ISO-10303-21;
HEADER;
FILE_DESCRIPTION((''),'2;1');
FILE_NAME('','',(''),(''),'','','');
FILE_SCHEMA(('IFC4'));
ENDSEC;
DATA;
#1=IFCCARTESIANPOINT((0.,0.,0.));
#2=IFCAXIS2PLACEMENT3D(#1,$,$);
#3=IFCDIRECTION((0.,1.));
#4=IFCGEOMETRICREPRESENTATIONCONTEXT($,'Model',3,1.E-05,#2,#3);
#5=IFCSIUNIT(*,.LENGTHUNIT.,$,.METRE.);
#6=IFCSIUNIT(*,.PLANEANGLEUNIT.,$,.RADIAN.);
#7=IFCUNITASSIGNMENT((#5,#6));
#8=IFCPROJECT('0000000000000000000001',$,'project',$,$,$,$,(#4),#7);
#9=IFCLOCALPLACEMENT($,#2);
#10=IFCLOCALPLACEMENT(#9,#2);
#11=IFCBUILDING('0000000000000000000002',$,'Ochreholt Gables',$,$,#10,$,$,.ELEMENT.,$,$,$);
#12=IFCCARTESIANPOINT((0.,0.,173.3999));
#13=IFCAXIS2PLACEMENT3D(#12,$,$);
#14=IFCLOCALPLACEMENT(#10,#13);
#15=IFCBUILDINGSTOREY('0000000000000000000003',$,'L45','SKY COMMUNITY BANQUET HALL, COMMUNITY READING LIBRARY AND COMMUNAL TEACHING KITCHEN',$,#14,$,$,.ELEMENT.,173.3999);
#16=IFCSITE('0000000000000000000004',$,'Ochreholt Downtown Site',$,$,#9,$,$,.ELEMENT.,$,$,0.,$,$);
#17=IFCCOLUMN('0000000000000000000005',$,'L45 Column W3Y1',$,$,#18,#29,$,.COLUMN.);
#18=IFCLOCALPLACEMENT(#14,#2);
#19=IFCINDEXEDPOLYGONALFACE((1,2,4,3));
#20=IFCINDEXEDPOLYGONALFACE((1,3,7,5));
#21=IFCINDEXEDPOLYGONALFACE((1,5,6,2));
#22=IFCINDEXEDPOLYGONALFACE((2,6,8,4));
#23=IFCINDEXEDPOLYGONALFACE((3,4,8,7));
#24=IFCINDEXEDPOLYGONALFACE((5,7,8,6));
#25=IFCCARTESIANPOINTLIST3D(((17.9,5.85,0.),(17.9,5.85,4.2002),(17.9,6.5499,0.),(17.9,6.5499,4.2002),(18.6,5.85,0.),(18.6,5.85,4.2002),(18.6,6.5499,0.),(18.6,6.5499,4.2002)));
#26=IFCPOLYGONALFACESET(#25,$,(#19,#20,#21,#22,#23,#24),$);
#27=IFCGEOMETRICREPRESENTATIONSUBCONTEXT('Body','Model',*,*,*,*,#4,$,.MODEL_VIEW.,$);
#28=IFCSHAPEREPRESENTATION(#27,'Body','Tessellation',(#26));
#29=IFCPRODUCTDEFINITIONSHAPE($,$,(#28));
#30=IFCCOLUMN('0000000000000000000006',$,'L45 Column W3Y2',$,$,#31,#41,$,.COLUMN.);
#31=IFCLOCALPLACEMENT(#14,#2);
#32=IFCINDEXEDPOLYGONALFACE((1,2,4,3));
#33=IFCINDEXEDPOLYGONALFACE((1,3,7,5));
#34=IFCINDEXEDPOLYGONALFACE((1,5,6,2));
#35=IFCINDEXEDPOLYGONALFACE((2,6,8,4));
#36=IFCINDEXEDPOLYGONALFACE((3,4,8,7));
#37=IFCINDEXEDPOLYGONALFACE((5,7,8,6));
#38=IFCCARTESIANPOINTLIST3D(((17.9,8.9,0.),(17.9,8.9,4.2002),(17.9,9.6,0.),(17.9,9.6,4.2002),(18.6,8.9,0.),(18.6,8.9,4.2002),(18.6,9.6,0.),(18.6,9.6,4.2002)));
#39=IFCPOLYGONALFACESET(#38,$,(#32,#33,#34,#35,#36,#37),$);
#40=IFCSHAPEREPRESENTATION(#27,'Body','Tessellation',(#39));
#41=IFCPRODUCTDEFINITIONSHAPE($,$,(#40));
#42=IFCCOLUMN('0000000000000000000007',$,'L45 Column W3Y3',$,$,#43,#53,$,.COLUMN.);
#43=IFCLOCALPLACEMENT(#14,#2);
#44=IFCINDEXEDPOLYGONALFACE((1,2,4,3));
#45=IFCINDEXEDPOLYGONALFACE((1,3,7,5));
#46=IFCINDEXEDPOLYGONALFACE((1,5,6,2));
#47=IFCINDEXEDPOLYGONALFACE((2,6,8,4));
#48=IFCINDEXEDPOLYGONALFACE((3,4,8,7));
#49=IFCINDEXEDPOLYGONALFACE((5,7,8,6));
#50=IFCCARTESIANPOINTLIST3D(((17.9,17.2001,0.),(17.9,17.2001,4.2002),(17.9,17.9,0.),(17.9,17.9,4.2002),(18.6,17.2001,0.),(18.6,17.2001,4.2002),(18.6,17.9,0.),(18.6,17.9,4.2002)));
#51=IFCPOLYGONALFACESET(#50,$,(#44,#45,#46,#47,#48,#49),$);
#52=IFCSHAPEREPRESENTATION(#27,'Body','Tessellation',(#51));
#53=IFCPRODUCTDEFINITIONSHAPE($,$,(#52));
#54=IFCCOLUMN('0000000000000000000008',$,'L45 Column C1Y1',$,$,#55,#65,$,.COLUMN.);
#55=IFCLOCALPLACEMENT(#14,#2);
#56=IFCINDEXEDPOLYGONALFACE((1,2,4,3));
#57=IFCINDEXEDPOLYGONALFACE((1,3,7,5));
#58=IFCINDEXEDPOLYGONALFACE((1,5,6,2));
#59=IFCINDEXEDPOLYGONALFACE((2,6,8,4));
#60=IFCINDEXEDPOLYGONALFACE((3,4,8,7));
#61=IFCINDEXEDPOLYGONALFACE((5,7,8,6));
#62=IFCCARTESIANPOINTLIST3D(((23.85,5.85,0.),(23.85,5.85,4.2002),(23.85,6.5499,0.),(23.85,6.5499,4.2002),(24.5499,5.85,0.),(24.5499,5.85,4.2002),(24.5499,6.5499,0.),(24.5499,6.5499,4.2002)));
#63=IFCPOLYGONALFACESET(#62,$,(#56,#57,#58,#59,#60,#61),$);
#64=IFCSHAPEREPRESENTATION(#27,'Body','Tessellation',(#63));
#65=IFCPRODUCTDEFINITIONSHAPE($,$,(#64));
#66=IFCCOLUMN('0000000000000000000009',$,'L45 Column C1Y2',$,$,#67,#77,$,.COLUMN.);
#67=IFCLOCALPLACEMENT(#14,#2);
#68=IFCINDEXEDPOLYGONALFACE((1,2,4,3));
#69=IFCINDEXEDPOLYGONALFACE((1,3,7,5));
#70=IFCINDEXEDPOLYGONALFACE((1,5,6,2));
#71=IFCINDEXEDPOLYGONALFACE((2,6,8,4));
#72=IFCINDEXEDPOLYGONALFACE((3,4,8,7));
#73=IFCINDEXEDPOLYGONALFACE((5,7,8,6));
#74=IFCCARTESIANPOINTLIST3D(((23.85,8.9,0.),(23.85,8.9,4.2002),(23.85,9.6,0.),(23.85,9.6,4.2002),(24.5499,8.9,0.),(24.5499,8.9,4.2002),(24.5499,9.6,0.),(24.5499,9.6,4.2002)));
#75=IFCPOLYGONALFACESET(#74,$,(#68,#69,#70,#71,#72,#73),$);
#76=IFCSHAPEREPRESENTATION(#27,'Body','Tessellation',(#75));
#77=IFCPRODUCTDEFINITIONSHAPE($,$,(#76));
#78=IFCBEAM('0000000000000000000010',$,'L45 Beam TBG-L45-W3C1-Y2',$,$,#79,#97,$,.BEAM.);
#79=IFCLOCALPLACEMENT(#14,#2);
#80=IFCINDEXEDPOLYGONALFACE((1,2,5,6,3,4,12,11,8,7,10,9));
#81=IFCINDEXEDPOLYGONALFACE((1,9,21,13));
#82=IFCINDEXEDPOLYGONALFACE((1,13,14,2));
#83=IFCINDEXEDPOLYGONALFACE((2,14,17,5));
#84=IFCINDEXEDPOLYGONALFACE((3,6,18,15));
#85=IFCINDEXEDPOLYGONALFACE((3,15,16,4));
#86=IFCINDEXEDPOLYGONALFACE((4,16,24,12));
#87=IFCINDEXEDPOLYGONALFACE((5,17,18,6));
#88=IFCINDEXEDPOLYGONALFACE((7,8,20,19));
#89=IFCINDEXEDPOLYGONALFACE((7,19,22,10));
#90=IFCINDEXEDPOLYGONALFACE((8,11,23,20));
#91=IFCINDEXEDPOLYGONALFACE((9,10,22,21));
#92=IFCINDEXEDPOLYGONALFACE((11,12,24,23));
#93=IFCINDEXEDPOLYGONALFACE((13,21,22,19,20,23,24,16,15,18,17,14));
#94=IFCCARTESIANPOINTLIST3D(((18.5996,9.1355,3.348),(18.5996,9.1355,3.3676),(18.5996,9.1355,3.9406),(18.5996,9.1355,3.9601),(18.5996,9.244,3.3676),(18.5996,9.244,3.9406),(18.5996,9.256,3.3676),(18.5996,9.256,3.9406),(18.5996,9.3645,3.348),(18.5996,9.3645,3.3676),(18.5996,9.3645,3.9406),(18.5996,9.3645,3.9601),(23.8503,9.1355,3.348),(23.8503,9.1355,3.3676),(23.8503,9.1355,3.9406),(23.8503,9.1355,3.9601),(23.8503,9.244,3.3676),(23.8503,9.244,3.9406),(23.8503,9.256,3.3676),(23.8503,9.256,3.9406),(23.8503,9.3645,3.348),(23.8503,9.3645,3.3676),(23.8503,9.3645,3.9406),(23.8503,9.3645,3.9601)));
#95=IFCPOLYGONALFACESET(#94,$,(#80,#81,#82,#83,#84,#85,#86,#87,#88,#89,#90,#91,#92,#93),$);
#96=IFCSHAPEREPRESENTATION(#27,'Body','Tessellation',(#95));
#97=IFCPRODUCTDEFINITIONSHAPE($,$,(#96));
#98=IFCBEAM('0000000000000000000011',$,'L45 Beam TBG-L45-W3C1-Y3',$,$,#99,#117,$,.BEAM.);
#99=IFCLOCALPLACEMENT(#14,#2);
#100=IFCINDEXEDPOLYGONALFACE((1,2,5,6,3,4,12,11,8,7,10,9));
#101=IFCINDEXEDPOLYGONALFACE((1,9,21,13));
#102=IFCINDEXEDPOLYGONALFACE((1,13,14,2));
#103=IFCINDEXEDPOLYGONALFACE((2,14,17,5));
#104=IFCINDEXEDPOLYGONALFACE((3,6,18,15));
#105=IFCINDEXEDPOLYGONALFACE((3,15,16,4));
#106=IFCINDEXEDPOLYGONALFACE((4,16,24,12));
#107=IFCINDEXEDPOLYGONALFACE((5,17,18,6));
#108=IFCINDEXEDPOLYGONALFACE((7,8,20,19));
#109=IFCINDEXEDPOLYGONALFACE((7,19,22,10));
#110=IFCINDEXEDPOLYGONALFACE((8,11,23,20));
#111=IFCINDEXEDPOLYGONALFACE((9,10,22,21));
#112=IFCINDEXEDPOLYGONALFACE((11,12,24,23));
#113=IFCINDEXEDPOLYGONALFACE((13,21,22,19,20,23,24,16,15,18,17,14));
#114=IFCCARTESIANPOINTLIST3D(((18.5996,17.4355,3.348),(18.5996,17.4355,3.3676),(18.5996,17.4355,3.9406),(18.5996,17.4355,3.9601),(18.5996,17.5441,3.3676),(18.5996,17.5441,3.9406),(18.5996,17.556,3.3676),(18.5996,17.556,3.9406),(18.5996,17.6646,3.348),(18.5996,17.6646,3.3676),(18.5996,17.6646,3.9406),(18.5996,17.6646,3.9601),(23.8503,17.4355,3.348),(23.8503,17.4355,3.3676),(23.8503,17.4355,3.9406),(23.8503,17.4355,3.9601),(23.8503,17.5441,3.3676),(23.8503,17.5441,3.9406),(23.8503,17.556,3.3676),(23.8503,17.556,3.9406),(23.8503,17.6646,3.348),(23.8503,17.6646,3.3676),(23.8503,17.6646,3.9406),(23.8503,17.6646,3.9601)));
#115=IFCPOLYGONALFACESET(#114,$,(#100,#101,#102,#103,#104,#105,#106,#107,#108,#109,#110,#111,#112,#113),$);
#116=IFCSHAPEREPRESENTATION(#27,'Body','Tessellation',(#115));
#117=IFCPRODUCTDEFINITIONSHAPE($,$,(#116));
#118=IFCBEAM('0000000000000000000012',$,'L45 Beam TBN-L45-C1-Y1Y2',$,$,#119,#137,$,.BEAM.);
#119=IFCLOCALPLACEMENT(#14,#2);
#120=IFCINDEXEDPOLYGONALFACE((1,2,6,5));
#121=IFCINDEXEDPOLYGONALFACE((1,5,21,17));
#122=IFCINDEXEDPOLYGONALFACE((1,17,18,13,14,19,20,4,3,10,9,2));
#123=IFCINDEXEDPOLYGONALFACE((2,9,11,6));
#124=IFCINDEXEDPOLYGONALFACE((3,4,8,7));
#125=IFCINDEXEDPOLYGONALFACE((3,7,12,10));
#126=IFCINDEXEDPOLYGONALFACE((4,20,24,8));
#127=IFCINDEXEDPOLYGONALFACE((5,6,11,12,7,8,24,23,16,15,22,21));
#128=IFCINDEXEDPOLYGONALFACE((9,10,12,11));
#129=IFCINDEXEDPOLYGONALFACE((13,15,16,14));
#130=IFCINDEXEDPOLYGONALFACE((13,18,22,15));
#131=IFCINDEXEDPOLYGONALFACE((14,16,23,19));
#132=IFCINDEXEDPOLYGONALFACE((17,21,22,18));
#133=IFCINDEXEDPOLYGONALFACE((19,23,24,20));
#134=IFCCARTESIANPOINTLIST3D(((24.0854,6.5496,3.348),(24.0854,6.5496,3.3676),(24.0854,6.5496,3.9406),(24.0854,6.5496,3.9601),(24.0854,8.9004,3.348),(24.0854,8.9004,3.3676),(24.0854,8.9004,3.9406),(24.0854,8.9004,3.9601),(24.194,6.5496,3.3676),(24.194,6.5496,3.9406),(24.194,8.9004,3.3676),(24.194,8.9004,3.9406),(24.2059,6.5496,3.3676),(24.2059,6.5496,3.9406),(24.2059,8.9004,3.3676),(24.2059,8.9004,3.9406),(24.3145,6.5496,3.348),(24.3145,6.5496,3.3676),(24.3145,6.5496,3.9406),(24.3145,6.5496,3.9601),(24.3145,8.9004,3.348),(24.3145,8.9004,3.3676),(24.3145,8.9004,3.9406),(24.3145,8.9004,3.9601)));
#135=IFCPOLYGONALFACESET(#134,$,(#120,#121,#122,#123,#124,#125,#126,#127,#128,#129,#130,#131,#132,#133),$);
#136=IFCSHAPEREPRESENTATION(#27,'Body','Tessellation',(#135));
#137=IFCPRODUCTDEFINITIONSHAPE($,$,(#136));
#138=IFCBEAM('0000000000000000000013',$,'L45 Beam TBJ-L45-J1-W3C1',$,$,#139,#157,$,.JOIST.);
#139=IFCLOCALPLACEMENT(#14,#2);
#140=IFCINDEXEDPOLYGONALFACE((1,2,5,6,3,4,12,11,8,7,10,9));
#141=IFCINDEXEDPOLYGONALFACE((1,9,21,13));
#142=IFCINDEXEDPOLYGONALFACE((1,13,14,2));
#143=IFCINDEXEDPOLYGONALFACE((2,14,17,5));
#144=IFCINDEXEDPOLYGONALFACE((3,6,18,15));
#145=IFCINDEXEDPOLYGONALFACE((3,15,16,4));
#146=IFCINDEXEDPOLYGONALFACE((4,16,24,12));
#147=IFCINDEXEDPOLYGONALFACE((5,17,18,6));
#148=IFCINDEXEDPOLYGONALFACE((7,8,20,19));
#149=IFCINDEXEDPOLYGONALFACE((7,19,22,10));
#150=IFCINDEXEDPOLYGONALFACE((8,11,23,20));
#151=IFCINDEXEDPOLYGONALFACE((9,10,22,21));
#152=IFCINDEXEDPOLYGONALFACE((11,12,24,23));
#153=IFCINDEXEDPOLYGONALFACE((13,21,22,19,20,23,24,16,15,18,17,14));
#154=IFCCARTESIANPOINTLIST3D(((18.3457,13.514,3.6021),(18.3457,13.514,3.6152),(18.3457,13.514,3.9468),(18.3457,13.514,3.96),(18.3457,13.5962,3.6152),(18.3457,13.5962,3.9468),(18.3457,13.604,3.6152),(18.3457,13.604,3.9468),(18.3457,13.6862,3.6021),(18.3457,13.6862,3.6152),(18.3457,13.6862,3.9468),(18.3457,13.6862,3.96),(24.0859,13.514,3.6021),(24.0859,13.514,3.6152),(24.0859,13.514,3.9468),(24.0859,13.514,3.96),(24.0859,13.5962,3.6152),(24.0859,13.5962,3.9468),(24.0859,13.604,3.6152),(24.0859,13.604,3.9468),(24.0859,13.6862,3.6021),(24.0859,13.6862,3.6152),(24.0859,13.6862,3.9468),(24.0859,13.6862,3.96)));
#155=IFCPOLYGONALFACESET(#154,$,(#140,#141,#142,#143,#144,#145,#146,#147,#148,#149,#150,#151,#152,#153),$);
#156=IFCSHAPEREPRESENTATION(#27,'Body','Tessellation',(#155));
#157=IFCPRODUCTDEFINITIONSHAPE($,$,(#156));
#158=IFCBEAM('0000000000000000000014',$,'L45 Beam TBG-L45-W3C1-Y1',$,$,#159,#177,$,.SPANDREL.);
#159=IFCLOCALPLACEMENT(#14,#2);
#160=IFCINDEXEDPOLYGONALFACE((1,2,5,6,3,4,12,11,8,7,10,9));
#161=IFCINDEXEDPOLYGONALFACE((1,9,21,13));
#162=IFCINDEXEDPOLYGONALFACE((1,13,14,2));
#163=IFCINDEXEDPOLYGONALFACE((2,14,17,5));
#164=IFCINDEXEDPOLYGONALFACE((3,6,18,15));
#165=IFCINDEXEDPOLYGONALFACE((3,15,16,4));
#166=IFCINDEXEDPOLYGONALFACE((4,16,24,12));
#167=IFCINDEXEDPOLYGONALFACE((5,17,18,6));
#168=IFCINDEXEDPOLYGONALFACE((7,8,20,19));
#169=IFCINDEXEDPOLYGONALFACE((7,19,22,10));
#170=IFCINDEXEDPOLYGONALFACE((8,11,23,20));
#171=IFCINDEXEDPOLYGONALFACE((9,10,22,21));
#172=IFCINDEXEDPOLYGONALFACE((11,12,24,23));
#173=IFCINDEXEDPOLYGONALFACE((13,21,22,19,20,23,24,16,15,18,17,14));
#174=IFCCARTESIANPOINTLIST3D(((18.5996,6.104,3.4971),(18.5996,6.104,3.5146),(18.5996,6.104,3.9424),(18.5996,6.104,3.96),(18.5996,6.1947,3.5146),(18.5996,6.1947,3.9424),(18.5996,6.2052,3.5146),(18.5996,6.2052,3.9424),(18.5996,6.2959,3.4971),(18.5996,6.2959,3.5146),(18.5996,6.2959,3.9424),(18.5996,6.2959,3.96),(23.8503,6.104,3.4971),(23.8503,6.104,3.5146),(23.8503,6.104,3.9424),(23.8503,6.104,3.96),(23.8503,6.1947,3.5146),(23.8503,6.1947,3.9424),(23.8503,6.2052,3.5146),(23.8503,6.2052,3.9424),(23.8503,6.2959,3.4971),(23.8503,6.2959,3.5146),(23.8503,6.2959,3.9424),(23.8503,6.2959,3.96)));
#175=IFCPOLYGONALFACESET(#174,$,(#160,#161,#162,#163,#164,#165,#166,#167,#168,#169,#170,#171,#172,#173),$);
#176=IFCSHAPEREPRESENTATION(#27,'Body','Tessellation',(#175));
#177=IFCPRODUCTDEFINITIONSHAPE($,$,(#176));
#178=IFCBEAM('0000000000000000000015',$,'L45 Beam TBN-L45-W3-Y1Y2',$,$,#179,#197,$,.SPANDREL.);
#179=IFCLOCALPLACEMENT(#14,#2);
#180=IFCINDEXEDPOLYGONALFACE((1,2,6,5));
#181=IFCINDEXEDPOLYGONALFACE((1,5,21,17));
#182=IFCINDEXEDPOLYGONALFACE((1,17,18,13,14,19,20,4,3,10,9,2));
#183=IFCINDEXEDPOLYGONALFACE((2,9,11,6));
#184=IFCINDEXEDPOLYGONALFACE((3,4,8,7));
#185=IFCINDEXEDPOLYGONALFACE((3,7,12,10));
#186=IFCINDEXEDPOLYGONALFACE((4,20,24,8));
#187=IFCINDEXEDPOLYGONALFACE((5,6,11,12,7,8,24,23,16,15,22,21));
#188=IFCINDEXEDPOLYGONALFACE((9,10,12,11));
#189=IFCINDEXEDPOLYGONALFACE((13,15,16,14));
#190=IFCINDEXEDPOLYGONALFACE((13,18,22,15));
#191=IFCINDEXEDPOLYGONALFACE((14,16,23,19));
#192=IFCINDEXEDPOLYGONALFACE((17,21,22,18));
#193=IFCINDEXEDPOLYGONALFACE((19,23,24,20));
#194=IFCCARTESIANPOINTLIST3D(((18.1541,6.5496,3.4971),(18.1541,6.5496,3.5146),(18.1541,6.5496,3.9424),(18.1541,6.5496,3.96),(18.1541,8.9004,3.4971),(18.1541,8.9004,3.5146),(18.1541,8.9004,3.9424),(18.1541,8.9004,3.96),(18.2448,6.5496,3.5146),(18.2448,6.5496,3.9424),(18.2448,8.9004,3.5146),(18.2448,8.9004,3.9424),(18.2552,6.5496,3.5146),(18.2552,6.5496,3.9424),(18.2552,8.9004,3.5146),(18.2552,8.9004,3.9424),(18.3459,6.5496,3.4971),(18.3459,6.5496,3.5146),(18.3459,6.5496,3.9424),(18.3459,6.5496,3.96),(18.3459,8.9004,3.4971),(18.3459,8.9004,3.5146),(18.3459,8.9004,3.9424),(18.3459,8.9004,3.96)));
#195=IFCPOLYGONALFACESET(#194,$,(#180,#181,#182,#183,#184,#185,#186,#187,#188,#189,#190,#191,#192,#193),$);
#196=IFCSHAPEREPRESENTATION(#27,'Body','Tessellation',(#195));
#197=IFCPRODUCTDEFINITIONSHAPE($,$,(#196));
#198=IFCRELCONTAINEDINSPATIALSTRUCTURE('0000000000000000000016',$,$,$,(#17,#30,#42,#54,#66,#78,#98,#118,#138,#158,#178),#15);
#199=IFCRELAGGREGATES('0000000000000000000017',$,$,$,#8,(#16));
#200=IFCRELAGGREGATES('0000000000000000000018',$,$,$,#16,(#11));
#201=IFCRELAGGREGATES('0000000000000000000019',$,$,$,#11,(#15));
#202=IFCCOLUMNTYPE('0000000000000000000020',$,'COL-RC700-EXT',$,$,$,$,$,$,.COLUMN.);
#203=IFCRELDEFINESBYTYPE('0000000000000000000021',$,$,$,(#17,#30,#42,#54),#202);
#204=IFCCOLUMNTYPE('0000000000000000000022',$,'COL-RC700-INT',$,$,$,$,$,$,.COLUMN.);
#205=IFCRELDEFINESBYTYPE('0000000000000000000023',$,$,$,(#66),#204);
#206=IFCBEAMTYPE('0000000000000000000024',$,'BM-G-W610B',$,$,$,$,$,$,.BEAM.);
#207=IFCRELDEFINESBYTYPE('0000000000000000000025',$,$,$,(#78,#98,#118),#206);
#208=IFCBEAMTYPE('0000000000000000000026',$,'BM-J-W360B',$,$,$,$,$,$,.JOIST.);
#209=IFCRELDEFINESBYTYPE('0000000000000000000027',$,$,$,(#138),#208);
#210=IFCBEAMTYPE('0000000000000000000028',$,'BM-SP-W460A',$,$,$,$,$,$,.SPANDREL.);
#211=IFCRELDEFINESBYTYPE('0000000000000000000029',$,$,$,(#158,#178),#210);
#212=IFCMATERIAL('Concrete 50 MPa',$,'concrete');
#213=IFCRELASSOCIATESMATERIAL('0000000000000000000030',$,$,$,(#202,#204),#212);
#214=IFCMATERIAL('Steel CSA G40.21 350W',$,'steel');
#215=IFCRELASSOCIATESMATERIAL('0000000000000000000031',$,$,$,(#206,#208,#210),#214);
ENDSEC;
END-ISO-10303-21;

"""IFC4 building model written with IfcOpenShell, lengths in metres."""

from ifc_helpers import new_model, si_unit, direction, frame, origin, origin_2d, place, context, subcontext, project, spatial, rectangle, i_section, extrude, material, material_profile, profile_set, type_object, element, save


model = new_model("IFC4")

# Units and contexts
model_context = context("Model", 3, precision=1e-05, world=origin(), true_north=direction((0.0, 1.0)))
body_context = subcontext(model_context, "Body", "Model", "MODEL_VIEW")
ifc_project = project(units=[si_unit("LENGTHUNIT", "METRE"), si_unit("PLANEANGLEUNIT", "RADIAN")], contexts=[model_context])

# Site, building, storey
site_placement = place(None, origin())
site = spatial("IfcSite", under=ifc_project, at=site_placement, Name="Ochreholt Downtown Site", CompositionType="ELEMENT", RefElevation=0.0)
building_placement = place(site_placement, origin())
building = spatial("IfcBuilding", under=site, at=building_placement, Name="Ochreholt Gables", CompositionType="ELEMENT")
storey_placement = place(building_placement, frame((0.0, 0.0, 173.3999)))
storey = spatial("IfcBuildingStorey", under=building, at=storey_placement, Name="L45", Description="SKY COMMUNITY BANQUET HALL, COMMUNITY READING LIBRARY AND COMMUNAL TEACHING KITCHEN", CompositionType="ELEMENT", Elevation=173.3999)

# Columns
ifc_material_1 = material(Name="Concrete 50 MPa", Category="concrete")
ifc_material_profile_1 = material_profile(ifc_material_1, rectangle(XDim=0.7, YDim=0.7, at=origin_2d()), Name="RC700X700")
ifc_profile_set_1 = profile_set([ifc_material_profile_1], Name="Concrete 50 MPa")
column_type_1 = type_object("IfcColumnType", Name="COL-RC700-EXT", PredefinedType="COLUMN", material=ifc_profile_set_1)
for number, where, z_axis, x_axis, name in (
    (1, (18.25, 6.2, 0.0), (0.0, 0.0, 1.0), (1.0, 0.0, 0.0), "L45 Column W3Y1"),
    (2, (18.25, 9.25, 0.0), (0.0, 0.0, 1.0), (1.0, 0.0, 0.0), "L45 Column W3Y2"),
    (3, (18.25, 17.55, 0.0), (0.0, 0.0, 1.0), (1.0, 0.0, 0.0), "L45 Column W3Y3"),
    (4, (24.2, 6.2, 0.0), (0.0, 0.0, 1.0), (1.0, 0.0, 0.0), "L45 Column C1Y1"),
):
    element("IfcColumn", number, at=place(storey_placement, frame(where, z_axis=z_axis, x_axis=x_axis)), inside=storey, type_object=column_type_1, Name=name, PredefinedType="COLUMN", context=body_context, shape_type="SweptSolid", body=[
        extrude(rectangle(XDim=0.7, YDim=0.7, at=origin_2d()), origin(), (0.0, 0.0, 1.0), 4.2002),
    ])
ifc_material_profile_2 = material_profile(ifc_material_1, rectangle(XDim=0.7, YDim=0.7, at=origin_2d()), Name="RC700X700")
ifc_profile_set_2 = profile_set([ifc_material_profile_2], Name="Concrete 50 MPa")
column_type_2 = type_object("IfcColumnType", Name="COL-RC700-INT", PredefinedType="COLUMN", material=ifc_profile_set_2)
column_placement = place(storey_placement, frame((24.2, 9.25, 0.0), z_axis=(0.0, 0.0, 1.0), x_axis=(1.0, 0.0, 0.0)))
element("IfcColumn", 5, at=column_placement, inside=storey, type_object=column_type_2, Name="L45 Column C1Y2", PredefinedType="COLUMN", context=body_context, shape_type="SweptSolid", body=[
    extrude(rectangle(XDim=0.7, YDim=0.7, at=origin_2d()), origin(), (0.0, 0.0, 1.0), 4.2002),
])

# Beams
ifc_material_2 = material(Name="Steel CSA G40.21 350W", Category="steel")
ifc_material_profile_3 = material_profile(ifc_material_2, i_section(OverallWidth=0.229, OverallDepth=0.6121, WebThickness=0.012, FlangeThickness=0.0195, at=origin_2d()), Name="W610X125")
ifc_profile_set_3 = profile_set([ifc_material_profile_3], Name="Steel CSA G40.21 350W")
beam_type_1 = type_object("IfcBeamType", Name="BM-G-W610B", PredefinedType="BEAM", material=ifc_profile_set_3)
for number, where, z_axis, x_axis, name in (
    (6, (18.5996, 9.25, 3.6541), (1.0, 0.0, 0.0), (0.0, 1.0, 0.0), "L45 Beam TBG-L45-W3C1-Y2"),
    (7, (18.5996, 17.55, 3.6541), (1.0, 0.0, 0.0), (0.0, 1.0, 0.0), "L45 Beam TBG-L45-W3C1-Y3"),
):
    element("IfcBeam", number, at=place(storey_placement, frame(where, z_axis=z_axis, x_axis=x_axis)), inside=storey, type_object=beam_type_1, Name=name, PredefinedType="BEAM", context=body_context, shape_type="SweptSolid", body=[
        extrude(i_section(OverallWidth=0.229, OverallDepth=0.6121, WebThickness=0.012, FlangeThickness=0.0195, at=origin_2d()), origin(), (0.0, 0.0, 1.0), 5.2507),
    ])
beam_1_placement = place(storey_placement, frame((24.2, 6.5496, 3.6541), z_axis=(0.0, 1.0, 0.0), x_axis=(-1.0, 0.0, 0.0)))
element("IfcBeam", 8, at=beam_1_placement, inside=storey, type_object=beam_type_1, Name="L45 Beam TBN-L45-C1-Y1Y2", PredefinedType="BEAM", context=body_context, shape_type="SweptSolid", body=[
    extrude(i_section(OverallWidth=0.229, OverallDepth=0.6121, WebThickness=0.012, FlangeThickness=0.0195, at=origin_2d()), origin(), (0.0, 0.0, 1.0), 2.3508),
])
ifc_material_profile_4 = material_profile(ifc_material_2, i_section(OverallWidth=0.1721, OverallDepth=0.3579, WebThickness=0.0078, FlangeThickness=0.0132, at=origin_2d()), Name="W360X57")
ifc_profile_set_4 = profile_set([ifc_material_profile_4], Name="Steel CSA G40.21 350W")
beam_type_2 = type_object("IfcBeamType", Name="BM-J-W360B", PredefinedType="JOIST", material=ifc_profile_set_4)
beam_2_placement = place(storey_placement, frame((18.3457, 13.6001, 3.781), z_axis=(1.0, 0.0, 0.0), x_axis=(0.0, 1.0, 0.0)))
element("IfcBeam", 9, at=beam_2_placement, inside=storey, type_object=beam_type_2, Name="L45 Beam TBJ-L45-J1-W3C1", PredefinedType="JOIST", context=body_context, shape_type="SweptSolid", body=[
    extrude(i_section(OverallWidth=0.1721, OverallDepth=0.3579, WebThickness=0.0078, FlangeThickness=0.0132, at=origin_2d()), origin(), (0.0, 0.0, 1.0), 5.7402),
])
ifc_material_profile_5 = material_profile(ifc_material_2, i_section(OverallWidth=0.1919, OverallDepth=0.4629, WebThickness=0.0105, FlangeThickness=0.0176, at=origin_2d()), Name="W460X89")
ifc_profile_set_5 = profile_set([ifc_material_profile_5], Name="Steel CSA G40.21 350W")
beam_type_3 = type_object("IfcBeamType", Name="BM-SP-W460A", PredefinedType="SPANDREL", material=ifc_profile_set_5)
beam_3_placement = place(storey_placement, frame((18.5996, 6.2, 3.7285), z_axis=(1.0, 0.0, 0.0), x_axis=(0.0, 1.0, 0.0)))
element("IfcBeam", 10, at=beam_3_placement, inside=storey, type_object=beam_type_3, Name="L45 Beam TBG-L45-W3C1-Y1", PredefinedType="SPANDREL", context=body_context, shape_type="SweptSolid", body=[
    extrude(i_section(OverallWidth=0.1919, OverallDepth=0.4629, WebThickness=0.0105, FlangeThickness=0.0176, at=origin_2d()), origin(), (0.0, 0.0, 1.0), 5.2507),
])
beam_4_placement = place(storey_placement, frame((18.25, 6.5496, 3.7285), z_axis=(0.0, 1.0, 0.0), x_axis=(-1.0, 0.0, 0.0)))
element("IfcBeam", 11, at=beam_4_placement, inside=storey, type_object=beam_type_3, Name="L45 Beam TBN-L45-W3-Y1Y2", PredefinedType="SPANDREL", context=body_context, shape_type="SweptSolid", body=[
    extrude(i_section(OverallWidth=0.1919, OverallDepth=0.4629, WebThickness=0.0105, FlangeThickness=0.0176, at=origin_2d()), origin(), (0.0, 0.0, 1.0), 2.3508),
])

save(model, "model.ifc")
